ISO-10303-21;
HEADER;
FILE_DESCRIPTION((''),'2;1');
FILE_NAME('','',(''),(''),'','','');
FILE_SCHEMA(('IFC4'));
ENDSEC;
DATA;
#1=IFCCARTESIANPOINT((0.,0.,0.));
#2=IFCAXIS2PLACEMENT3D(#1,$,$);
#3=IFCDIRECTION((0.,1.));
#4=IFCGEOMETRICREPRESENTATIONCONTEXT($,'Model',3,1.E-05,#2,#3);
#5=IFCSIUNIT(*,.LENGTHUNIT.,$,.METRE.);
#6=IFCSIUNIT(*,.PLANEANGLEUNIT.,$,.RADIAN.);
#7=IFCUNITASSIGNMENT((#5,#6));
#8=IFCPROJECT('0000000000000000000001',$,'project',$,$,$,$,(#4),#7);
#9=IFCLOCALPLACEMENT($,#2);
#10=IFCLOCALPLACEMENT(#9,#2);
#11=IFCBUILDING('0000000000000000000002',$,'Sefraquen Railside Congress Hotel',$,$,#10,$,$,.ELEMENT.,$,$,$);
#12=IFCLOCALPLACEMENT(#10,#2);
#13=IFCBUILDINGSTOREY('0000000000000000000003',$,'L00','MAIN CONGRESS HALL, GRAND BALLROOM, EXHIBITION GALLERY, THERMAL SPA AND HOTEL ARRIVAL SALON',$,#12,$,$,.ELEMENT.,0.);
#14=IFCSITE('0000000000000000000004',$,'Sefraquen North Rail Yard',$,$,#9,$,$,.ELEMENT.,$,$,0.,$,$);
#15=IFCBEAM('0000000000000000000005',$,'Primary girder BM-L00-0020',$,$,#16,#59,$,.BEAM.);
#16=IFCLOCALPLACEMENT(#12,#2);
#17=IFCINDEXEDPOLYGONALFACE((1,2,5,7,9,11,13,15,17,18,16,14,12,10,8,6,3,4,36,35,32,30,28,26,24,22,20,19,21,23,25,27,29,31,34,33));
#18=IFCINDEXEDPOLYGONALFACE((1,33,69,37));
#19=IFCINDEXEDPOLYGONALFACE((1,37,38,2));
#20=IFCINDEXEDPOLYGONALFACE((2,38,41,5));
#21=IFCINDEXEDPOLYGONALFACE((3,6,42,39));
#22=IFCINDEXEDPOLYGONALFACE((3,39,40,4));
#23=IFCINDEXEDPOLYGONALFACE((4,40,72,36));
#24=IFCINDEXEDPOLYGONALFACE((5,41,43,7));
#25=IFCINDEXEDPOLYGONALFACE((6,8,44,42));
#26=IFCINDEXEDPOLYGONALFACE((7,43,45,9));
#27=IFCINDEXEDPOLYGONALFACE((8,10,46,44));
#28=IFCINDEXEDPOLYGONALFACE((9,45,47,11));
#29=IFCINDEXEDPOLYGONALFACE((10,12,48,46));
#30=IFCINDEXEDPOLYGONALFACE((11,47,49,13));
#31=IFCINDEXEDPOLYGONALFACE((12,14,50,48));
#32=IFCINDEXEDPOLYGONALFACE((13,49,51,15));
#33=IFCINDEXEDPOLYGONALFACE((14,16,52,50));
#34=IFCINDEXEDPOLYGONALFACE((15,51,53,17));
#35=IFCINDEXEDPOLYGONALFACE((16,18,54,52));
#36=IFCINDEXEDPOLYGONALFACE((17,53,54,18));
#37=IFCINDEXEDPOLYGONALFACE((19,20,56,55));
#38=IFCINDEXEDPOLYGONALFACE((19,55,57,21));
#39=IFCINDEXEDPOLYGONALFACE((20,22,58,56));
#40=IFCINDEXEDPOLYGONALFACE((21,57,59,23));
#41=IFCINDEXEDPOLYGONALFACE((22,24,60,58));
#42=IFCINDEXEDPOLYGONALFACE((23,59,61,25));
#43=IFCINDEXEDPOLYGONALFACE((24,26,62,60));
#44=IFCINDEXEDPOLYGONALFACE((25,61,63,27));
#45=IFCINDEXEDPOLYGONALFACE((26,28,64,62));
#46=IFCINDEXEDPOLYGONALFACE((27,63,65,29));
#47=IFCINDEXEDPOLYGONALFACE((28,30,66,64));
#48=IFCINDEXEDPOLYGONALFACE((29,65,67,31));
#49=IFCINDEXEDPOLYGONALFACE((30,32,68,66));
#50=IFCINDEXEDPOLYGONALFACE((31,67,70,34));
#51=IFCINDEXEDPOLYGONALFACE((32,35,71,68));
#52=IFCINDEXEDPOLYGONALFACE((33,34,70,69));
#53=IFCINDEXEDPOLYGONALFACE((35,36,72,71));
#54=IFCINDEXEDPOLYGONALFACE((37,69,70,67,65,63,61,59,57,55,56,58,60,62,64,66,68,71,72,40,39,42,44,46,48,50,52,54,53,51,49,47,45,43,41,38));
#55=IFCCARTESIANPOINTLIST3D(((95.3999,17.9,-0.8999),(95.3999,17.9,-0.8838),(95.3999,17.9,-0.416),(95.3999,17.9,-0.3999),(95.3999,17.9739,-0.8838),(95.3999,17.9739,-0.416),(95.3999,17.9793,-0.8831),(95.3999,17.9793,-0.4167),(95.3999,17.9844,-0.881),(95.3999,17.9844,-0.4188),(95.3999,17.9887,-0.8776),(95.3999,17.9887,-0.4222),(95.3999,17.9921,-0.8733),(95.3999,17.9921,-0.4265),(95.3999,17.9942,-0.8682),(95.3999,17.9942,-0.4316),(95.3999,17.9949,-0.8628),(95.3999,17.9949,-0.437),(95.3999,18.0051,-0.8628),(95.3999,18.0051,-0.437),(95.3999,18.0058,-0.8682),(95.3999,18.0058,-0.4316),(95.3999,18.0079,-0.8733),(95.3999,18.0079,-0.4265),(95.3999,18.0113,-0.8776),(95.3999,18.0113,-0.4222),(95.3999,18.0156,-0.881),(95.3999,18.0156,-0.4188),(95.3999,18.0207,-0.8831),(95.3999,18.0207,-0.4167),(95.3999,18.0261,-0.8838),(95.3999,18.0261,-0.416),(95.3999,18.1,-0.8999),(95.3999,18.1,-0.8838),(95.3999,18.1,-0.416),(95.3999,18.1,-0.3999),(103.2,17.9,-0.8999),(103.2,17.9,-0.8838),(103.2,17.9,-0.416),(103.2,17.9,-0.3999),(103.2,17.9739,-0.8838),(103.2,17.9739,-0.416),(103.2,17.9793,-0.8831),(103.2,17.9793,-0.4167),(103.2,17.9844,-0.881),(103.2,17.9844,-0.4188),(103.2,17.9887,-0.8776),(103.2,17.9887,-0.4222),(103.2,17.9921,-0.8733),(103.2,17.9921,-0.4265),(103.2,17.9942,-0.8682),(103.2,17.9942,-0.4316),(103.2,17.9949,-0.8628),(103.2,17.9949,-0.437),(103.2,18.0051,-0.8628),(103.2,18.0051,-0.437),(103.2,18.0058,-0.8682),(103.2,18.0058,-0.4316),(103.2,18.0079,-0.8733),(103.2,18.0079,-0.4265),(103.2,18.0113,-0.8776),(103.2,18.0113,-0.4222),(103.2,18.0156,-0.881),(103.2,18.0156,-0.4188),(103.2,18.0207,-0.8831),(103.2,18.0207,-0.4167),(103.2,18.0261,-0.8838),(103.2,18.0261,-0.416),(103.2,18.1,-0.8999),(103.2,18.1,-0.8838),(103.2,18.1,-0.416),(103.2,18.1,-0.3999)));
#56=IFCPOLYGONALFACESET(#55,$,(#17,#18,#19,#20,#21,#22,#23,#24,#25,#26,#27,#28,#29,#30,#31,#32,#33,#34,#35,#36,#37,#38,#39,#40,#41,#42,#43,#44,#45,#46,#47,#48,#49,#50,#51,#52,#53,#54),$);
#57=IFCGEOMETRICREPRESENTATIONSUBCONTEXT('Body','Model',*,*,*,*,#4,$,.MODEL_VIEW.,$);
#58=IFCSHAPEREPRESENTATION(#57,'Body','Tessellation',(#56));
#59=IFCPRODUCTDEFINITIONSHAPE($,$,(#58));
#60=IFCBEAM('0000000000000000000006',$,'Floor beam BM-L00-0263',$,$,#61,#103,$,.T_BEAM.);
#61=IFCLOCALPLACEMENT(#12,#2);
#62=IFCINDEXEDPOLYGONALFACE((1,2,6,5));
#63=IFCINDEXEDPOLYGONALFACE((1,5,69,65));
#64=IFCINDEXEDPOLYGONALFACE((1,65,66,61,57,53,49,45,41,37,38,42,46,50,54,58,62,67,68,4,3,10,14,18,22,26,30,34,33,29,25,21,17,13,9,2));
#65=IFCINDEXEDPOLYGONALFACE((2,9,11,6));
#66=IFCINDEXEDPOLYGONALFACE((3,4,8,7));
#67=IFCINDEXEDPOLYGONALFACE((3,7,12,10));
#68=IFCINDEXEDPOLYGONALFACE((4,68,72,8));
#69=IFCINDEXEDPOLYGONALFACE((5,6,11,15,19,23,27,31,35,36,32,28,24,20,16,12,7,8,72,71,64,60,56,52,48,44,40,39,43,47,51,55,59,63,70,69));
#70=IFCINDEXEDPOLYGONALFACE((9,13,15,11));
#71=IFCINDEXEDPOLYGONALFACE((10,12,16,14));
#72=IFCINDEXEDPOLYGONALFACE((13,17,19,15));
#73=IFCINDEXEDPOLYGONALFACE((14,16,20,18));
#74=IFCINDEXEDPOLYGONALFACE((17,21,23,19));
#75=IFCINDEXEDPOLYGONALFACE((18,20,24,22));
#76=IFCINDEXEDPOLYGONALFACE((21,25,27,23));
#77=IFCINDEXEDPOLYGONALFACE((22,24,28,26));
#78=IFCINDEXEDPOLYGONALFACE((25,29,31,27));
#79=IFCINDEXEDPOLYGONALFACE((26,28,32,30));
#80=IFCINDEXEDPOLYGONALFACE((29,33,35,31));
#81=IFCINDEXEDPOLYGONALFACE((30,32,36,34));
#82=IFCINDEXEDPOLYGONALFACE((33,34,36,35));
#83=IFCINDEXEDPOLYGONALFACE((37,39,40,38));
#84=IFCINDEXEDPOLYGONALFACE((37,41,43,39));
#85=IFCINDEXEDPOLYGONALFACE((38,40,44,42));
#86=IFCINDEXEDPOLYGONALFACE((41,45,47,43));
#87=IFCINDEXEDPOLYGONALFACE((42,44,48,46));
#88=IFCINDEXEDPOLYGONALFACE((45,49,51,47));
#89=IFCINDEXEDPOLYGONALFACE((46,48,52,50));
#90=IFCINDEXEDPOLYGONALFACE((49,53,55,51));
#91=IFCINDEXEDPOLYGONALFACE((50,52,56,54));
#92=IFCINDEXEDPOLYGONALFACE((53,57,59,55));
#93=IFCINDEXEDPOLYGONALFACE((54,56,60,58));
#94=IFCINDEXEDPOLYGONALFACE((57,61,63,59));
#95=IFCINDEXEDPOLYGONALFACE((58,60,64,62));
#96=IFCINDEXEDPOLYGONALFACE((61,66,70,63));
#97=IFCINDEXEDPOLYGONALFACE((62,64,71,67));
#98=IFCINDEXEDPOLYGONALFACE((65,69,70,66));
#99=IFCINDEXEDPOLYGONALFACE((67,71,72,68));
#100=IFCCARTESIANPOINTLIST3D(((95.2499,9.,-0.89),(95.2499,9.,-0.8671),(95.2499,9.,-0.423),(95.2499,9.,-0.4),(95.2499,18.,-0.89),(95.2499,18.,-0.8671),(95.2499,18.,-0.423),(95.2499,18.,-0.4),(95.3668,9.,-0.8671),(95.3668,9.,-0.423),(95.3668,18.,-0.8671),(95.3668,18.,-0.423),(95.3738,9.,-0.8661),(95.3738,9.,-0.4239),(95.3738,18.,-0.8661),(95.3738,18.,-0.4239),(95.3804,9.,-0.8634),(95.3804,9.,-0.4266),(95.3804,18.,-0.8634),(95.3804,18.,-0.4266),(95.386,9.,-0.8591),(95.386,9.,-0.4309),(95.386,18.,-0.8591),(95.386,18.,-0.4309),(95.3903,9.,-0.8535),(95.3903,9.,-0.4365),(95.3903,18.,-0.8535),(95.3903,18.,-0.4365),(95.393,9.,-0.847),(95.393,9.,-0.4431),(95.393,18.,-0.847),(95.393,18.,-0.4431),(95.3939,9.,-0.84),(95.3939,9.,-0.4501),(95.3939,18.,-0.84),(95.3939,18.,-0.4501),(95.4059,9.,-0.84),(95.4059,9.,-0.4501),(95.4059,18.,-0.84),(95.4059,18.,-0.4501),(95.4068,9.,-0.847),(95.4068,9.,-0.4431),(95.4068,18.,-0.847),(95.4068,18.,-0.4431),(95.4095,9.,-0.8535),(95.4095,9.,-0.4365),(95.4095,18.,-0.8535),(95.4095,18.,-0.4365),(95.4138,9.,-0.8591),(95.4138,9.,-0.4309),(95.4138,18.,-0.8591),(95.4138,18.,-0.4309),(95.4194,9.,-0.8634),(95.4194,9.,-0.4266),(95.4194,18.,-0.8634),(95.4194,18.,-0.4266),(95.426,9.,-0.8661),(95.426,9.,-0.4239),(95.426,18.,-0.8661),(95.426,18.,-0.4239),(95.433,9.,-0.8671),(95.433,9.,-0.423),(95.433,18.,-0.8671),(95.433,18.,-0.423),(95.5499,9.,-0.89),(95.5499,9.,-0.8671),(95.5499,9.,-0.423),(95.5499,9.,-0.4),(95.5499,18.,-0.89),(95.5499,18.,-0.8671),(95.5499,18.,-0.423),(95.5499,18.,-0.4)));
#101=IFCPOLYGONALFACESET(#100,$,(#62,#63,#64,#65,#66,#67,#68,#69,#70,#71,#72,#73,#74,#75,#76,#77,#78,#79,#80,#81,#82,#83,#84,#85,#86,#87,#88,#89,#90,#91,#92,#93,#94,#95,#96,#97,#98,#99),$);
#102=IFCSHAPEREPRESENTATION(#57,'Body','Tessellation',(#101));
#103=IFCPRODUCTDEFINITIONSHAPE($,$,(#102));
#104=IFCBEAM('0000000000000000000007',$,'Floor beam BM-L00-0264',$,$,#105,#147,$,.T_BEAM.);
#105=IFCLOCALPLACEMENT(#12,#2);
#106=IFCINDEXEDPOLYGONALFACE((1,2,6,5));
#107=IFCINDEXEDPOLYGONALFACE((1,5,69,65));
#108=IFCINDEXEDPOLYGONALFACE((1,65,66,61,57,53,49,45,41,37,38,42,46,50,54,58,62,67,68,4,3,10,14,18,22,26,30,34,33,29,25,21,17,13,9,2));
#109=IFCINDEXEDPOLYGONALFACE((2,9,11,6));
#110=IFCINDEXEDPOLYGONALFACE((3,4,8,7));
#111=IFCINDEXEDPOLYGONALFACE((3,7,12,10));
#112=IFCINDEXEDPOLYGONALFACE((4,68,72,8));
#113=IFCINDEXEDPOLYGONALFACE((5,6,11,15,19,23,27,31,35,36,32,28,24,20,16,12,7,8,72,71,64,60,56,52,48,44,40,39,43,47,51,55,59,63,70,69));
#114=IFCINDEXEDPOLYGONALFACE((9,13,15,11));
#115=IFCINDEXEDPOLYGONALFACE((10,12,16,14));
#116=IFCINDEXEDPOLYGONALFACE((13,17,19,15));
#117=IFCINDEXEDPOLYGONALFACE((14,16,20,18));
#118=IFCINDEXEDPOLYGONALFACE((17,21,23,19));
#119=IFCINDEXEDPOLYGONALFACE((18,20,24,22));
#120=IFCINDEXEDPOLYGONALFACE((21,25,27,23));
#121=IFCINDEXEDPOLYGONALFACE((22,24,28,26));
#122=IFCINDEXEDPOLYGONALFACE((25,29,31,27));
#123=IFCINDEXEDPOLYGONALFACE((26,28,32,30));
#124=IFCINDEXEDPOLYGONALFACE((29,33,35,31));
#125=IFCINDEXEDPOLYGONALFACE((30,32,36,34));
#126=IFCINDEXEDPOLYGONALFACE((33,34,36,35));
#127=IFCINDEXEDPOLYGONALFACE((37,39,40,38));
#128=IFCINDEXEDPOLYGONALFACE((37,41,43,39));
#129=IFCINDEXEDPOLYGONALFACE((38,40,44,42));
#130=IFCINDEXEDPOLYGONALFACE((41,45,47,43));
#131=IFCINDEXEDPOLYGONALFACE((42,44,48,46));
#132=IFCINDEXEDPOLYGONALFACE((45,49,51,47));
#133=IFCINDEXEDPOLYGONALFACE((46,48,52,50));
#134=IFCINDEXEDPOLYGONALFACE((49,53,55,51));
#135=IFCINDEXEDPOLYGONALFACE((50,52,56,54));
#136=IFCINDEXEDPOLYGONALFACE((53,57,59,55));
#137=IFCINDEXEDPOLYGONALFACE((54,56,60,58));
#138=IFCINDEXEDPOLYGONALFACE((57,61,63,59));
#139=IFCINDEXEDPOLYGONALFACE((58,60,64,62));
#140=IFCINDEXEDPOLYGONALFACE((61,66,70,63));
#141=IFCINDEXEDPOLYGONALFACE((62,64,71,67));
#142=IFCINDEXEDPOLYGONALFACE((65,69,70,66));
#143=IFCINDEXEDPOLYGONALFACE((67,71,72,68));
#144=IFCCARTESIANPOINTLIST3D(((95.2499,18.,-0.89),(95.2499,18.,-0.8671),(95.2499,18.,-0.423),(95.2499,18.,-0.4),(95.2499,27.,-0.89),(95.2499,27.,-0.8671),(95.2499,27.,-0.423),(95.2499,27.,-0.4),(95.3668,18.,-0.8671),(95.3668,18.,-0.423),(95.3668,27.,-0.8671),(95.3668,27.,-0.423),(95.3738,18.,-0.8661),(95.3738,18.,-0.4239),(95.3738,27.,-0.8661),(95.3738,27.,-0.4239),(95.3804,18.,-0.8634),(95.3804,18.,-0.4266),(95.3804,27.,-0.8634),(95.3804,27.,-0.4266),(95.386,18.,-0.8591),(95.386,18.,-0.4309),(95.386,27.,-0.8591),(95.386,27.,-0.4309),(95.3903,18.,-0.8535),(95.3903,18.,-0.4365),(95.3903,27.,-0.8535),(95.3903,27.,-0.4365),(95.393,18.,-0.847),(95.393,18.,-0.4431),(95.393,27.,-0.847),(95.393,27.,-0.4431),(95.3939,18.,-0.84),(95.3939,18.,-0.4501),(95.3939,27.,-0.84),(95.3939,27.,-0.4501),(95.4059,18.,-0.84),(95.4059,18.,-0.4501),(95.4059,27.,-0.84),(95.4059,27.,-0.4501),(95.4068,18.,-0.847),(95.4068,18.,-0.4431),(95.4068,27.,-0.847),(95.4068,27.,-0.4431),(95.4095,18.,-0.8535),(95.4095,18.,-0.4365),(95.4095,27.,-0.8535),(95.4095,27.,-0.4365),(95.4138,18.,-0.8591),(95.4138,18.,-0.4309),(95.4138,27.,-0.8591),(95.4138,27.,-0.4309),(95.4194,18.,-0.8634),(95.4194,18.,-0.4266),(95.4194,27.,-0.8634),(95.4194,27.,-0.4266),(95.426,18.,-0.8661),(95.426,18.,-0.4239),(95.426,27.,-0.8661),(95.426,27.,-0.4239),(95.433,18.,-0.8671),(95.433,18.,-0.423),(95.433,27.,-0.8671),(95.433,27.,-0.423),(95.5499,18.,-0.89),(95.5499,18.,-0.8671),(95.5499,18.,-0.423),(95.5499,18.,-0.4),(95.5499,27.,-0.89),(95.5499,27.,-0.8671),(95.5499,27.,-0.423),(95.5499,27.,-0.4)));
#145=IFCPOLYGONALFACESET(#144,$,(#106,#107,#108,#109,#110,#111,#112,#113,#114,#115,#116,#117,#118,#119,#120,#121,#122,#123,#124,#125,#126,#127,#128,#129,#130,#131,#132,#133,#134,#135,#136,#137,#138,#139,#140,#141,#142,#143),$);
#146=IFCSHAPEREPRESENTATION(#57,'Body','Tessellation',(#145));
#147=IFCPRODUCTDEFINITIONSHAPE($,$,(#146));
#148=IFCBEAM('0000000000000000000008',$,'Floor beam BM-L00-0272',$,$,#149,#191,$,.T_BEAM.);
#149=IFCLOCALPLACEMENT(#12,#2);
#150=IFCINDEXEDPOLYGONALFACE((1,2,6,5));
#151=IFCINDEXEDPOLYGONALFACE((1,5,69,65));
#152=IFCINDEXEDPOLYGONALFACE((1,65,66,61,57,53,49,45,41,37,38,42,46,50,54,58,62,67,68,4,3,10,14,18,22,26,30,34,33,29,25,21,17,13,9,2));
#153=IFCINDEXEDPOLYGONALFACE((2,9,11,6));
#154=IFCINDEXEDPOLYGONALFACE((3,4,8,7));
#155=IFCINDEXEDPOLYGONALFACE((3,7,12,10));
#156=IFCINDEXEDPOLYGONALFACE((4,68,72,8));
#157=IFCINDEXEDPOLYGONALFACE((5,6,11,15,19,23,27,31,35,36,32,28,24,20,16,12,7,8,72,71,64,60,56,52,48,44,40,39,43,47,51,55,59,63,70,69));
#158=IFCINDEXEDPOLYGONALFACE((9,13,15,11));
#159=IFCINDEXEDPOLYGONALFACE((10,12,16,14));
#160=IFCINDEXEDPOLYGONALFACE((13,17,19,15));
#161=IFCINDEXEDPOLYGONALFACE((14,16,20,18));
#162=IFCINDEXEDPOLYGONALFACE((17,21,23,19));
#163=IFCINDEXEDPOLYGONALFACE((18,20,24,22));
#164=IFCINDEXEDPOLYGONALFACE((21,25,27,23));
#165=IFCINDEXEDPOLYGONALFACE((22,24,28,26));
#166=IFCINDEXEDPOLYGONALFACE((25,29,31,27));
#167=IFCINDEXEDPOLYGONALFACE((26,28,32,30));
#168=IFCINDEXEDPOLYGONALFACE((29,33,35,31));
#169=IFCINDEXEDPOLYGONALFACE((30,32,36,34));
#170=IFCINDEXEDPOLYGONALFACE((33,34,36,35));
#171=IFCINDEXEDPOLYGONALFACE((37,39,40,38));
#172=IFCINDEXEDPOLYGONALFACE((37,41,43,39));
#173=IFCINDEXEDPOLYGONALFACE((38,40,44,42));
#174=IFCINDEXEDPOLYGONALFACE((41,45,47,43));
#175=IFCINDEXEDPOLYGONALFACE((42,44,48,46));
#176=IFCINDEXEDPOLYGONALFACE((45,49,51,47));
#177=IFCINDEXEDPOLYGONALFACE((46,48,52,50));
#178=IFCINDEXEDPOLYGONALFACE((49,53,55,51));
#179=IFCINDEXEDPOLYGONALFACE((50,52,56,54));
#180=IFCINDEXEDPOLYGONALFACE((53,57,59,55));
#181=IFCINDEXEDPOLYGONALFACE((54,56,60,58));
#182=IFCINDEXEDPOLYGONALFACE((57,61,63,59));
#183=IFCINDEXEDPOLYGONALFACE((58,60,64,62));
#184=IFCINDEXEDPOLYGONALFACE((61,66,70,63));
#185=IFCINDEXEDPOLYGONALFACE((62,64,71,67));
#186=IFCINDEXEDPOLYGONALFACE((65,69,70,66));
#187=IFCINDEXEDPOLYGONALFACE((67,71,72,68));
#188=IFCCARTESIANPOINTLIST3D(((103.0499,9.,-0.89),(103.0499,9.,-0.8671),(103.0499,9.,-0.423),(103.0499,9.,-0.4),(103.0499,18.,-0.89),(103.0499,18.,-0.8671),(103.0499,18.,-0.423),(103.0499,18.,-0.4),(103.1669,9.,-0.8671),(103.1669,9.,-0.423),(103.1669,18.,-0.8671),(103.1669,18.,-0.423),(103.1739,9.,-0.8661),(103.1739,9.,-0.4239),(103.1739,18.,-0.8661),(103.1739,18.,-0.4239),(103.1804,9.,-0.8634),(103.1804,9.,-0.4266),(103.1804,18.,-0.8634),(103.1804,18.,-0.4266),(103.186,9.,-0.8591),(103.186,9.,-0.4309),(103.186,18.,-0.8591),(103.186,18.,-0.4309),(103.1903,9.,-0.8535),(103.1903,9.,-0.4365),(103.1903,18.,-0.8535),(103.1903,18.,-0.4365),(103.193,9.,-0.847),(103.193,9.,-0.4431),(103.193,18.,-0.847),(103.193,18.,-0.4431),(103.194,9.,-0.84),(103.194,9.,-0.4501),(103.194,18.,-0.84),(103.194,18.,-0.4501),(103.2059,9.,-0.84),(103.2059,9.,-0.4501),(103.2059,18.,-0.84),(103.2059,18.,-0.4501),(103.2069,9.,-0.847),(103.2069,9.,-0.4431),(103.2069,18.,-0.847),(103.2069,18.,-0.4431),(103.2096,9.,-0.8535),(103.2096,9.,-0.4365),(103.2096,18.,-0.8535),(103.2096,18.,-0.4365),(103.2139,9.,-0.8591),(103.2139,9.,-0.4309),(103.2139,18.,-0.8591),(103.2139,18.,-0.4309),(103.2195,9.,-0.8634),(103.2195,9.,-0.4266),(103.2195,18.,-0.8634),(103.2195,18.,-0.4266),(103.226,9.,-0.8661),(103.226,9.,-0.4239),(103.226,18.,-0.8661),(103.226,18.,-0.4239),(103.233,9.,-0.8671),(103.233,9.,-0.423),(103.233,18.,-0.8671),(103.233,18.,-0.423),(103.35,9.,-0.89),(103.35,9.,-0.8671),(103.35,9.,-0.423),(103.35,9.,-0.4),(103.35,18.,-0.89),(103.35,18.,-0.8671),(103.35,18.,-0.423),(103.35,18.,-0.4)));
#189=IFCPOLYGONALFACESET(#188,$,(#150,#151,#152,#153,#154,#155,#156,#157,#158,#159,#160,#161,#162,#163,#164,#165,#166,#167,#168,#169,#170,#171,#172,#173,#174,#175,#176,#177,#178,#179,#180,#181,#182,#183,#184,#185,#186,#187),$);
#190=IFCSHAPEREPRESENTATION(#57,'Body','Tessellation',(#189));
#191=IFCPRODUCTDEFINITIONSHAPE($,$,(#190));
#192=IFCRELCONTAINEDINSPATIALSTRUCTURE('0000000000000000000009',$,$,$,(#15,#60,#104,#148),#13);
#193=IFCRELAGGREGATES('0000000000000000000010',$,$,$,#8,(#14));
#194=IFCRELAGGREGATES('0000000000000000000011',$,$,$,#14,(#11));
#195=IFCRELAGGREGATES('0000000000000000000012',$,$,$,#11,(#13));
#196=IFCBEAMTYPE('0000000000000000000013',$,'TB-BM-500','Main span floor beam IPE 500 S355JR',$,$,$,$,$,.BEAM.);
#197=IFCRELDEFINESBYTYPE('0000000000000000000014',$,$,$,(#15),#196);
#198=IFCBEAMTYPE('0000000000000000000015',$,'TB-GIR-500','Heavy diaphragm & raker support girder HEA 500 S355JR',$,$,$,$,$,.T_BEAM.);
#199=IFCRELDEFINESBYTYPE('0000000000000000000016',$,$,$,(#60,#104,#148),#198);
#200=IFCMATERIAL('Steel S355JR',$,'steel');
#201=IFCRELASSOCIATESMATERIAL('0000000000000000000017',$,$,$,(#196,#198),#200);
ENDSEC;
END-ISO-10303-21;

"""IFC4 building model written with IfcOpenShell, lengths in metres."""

from ifc_helpers import new_model, si_unit, direction, frame, origin, origin_2d, place, context, subcontext, project, spatial, i_section, extrude, material, material_profile, profile_set, type_object, element, save


model = new_model("IFC4")

# Units and contexts
model_context = context("Model", 3, precision=1e-05, world=origin(), true_north=direction((0.0, 1.0)))
body_context = subcontext(model_context, "Body", "Model", "MODEL_VIEW")
ifc_project = project(units=[si_unit("LENGTHUNIT", "METRE"), si_unit("PLANEANGLEUNIT", "RADIAN")], contexts=[model_context])

# Site, building, storey
site_placement = place(None, origin())
site = spatial("IfcSite", under=ifc_project, at=site_placement, Name="Sefraquen North Rail Yard", CompositionType="ELEMENT", RefElevation=0.0)
building_placement = place(site_placement, origin())
building = spatial("IfcBuilding", under=site, at=building_placement, Name="Sefraquen Railside Congress Hotel", CompositionType="ELEMENT")
storey_placement = place(building_placement, origin())
storey = spatial("IfcBuildingStorey", under=building, at=storey_placement, Name="L00", Description="MAIN CONGRESS HALL, GRAND BALLROOM, EXHIBITION GALLERY, THERMAL SPA AND HOTEL ARRIVAL SALON", CompositionType="ELEMENT", Elevation=0.0)

# Shared definitions
ifc_material_1 = material(Name="Steel S355JR", Category="steel")

# Beams
ifc_material_profile_1 = material_profile(ifc_material_1, i_section(OverallWidth=0.2, OverallDepth=0.5, WebThickness=0.0103, FlangeThickness=0.0161, FilletRadius=0.021, at=origin_2d()), Name="IPE 500")
ifc_profile_set_1 = profile_set([ifc_material_profile_1], Name="Steel S355JR")
beam_type_1 = type_object("IfcBeamType", Name="TB-BM-500", Description="Main span floor beam IPE 500 S355JR", PredefinedType="BEAM", material=ifc_profile_set_1)
for number, where, z_axis, x_axis, name in (
    (1, (95.3999, 18.0, -0.6499), (1.0, 0.0, 0.0), (0.0, 1.0, 0.0), "Primary girder BM-L00-0020"),
):
    element("IfcBeam", number, at=place(storey_placement, frame(where, z_axis=z_axis, x_axis=x_axis)), inside=storey, type_object=beam_type_1, Name=name, PredefinedType="BEAM", context=body_context, shape_type="SweptSolid", body=[
        extrude(i_section(OverallWidth=0.2, OverallDepth=0.5, WebThickness=0.0103, FlangeThickness=0.0161, FilletRadius=0.021, at=origin_2d()), origin(), (0.0, 0.0, 1.0), 7.8),
    ])
ifc_material_profile_2 = material_profile(ifc_material_1, i_section(OverallWidth=0.3, OverallDepth=0.49, WebThickness=0.012, FlangeThickness=0.0229, FilletRadius=0.0271, at=origin_2d()), Name="HEA 500")
ifc_profile_set_2 = profile_set([ifc_material_profile_2], Name="Steel S355JR")
beam_type_2 = type_object("IfcBeamType", Name="TB-GIR-500", Description="Heavy diaphragm & raker support girder HEA 500 S355JR", PredefinedType="T_BEAM", material=ifc_profile_set_2)
for number, where, z_axis, x_axis, name in (
    (2, (95.3999, 9.0, -0.645), (0.0, 1.0, 0.0), (-1.0, 0.0, 0.0), "Floor beam BM-L00-0263"),
    (3, (95.3999, 18.0, -0.645), (0.0, 1.0, 0.0), (-1.0, 0.0, 0.0), "Floor beam BM-L00-0264"),
    (4, (103.2, 9.0, -0.645), (0.0, 1.0, 0.0), (-1.0, 0.0, 0.0), "Floor beam BM-L00-0272"),
):
    element("IfcBeam", number, at=place(storey_placement, frame(where, z_axis=z_axis, x_axis=x_axis)), inside=storey, type_object=beam_type_2, Name=name, PredefinedType="T_BEAM", context=body_context, shape_type="SweptSolid", body=[
        extrude(i_section(OverallWidth=0.3, OverallDepth=0.49, WebThickness=0.012, FlangeThickness=0.0229, FilletRadius=0.0271, at=origin_2d()), origin(), (0.0, 0.0, 1.0), 9.0),
    ])

save(model, "model.ifc")
